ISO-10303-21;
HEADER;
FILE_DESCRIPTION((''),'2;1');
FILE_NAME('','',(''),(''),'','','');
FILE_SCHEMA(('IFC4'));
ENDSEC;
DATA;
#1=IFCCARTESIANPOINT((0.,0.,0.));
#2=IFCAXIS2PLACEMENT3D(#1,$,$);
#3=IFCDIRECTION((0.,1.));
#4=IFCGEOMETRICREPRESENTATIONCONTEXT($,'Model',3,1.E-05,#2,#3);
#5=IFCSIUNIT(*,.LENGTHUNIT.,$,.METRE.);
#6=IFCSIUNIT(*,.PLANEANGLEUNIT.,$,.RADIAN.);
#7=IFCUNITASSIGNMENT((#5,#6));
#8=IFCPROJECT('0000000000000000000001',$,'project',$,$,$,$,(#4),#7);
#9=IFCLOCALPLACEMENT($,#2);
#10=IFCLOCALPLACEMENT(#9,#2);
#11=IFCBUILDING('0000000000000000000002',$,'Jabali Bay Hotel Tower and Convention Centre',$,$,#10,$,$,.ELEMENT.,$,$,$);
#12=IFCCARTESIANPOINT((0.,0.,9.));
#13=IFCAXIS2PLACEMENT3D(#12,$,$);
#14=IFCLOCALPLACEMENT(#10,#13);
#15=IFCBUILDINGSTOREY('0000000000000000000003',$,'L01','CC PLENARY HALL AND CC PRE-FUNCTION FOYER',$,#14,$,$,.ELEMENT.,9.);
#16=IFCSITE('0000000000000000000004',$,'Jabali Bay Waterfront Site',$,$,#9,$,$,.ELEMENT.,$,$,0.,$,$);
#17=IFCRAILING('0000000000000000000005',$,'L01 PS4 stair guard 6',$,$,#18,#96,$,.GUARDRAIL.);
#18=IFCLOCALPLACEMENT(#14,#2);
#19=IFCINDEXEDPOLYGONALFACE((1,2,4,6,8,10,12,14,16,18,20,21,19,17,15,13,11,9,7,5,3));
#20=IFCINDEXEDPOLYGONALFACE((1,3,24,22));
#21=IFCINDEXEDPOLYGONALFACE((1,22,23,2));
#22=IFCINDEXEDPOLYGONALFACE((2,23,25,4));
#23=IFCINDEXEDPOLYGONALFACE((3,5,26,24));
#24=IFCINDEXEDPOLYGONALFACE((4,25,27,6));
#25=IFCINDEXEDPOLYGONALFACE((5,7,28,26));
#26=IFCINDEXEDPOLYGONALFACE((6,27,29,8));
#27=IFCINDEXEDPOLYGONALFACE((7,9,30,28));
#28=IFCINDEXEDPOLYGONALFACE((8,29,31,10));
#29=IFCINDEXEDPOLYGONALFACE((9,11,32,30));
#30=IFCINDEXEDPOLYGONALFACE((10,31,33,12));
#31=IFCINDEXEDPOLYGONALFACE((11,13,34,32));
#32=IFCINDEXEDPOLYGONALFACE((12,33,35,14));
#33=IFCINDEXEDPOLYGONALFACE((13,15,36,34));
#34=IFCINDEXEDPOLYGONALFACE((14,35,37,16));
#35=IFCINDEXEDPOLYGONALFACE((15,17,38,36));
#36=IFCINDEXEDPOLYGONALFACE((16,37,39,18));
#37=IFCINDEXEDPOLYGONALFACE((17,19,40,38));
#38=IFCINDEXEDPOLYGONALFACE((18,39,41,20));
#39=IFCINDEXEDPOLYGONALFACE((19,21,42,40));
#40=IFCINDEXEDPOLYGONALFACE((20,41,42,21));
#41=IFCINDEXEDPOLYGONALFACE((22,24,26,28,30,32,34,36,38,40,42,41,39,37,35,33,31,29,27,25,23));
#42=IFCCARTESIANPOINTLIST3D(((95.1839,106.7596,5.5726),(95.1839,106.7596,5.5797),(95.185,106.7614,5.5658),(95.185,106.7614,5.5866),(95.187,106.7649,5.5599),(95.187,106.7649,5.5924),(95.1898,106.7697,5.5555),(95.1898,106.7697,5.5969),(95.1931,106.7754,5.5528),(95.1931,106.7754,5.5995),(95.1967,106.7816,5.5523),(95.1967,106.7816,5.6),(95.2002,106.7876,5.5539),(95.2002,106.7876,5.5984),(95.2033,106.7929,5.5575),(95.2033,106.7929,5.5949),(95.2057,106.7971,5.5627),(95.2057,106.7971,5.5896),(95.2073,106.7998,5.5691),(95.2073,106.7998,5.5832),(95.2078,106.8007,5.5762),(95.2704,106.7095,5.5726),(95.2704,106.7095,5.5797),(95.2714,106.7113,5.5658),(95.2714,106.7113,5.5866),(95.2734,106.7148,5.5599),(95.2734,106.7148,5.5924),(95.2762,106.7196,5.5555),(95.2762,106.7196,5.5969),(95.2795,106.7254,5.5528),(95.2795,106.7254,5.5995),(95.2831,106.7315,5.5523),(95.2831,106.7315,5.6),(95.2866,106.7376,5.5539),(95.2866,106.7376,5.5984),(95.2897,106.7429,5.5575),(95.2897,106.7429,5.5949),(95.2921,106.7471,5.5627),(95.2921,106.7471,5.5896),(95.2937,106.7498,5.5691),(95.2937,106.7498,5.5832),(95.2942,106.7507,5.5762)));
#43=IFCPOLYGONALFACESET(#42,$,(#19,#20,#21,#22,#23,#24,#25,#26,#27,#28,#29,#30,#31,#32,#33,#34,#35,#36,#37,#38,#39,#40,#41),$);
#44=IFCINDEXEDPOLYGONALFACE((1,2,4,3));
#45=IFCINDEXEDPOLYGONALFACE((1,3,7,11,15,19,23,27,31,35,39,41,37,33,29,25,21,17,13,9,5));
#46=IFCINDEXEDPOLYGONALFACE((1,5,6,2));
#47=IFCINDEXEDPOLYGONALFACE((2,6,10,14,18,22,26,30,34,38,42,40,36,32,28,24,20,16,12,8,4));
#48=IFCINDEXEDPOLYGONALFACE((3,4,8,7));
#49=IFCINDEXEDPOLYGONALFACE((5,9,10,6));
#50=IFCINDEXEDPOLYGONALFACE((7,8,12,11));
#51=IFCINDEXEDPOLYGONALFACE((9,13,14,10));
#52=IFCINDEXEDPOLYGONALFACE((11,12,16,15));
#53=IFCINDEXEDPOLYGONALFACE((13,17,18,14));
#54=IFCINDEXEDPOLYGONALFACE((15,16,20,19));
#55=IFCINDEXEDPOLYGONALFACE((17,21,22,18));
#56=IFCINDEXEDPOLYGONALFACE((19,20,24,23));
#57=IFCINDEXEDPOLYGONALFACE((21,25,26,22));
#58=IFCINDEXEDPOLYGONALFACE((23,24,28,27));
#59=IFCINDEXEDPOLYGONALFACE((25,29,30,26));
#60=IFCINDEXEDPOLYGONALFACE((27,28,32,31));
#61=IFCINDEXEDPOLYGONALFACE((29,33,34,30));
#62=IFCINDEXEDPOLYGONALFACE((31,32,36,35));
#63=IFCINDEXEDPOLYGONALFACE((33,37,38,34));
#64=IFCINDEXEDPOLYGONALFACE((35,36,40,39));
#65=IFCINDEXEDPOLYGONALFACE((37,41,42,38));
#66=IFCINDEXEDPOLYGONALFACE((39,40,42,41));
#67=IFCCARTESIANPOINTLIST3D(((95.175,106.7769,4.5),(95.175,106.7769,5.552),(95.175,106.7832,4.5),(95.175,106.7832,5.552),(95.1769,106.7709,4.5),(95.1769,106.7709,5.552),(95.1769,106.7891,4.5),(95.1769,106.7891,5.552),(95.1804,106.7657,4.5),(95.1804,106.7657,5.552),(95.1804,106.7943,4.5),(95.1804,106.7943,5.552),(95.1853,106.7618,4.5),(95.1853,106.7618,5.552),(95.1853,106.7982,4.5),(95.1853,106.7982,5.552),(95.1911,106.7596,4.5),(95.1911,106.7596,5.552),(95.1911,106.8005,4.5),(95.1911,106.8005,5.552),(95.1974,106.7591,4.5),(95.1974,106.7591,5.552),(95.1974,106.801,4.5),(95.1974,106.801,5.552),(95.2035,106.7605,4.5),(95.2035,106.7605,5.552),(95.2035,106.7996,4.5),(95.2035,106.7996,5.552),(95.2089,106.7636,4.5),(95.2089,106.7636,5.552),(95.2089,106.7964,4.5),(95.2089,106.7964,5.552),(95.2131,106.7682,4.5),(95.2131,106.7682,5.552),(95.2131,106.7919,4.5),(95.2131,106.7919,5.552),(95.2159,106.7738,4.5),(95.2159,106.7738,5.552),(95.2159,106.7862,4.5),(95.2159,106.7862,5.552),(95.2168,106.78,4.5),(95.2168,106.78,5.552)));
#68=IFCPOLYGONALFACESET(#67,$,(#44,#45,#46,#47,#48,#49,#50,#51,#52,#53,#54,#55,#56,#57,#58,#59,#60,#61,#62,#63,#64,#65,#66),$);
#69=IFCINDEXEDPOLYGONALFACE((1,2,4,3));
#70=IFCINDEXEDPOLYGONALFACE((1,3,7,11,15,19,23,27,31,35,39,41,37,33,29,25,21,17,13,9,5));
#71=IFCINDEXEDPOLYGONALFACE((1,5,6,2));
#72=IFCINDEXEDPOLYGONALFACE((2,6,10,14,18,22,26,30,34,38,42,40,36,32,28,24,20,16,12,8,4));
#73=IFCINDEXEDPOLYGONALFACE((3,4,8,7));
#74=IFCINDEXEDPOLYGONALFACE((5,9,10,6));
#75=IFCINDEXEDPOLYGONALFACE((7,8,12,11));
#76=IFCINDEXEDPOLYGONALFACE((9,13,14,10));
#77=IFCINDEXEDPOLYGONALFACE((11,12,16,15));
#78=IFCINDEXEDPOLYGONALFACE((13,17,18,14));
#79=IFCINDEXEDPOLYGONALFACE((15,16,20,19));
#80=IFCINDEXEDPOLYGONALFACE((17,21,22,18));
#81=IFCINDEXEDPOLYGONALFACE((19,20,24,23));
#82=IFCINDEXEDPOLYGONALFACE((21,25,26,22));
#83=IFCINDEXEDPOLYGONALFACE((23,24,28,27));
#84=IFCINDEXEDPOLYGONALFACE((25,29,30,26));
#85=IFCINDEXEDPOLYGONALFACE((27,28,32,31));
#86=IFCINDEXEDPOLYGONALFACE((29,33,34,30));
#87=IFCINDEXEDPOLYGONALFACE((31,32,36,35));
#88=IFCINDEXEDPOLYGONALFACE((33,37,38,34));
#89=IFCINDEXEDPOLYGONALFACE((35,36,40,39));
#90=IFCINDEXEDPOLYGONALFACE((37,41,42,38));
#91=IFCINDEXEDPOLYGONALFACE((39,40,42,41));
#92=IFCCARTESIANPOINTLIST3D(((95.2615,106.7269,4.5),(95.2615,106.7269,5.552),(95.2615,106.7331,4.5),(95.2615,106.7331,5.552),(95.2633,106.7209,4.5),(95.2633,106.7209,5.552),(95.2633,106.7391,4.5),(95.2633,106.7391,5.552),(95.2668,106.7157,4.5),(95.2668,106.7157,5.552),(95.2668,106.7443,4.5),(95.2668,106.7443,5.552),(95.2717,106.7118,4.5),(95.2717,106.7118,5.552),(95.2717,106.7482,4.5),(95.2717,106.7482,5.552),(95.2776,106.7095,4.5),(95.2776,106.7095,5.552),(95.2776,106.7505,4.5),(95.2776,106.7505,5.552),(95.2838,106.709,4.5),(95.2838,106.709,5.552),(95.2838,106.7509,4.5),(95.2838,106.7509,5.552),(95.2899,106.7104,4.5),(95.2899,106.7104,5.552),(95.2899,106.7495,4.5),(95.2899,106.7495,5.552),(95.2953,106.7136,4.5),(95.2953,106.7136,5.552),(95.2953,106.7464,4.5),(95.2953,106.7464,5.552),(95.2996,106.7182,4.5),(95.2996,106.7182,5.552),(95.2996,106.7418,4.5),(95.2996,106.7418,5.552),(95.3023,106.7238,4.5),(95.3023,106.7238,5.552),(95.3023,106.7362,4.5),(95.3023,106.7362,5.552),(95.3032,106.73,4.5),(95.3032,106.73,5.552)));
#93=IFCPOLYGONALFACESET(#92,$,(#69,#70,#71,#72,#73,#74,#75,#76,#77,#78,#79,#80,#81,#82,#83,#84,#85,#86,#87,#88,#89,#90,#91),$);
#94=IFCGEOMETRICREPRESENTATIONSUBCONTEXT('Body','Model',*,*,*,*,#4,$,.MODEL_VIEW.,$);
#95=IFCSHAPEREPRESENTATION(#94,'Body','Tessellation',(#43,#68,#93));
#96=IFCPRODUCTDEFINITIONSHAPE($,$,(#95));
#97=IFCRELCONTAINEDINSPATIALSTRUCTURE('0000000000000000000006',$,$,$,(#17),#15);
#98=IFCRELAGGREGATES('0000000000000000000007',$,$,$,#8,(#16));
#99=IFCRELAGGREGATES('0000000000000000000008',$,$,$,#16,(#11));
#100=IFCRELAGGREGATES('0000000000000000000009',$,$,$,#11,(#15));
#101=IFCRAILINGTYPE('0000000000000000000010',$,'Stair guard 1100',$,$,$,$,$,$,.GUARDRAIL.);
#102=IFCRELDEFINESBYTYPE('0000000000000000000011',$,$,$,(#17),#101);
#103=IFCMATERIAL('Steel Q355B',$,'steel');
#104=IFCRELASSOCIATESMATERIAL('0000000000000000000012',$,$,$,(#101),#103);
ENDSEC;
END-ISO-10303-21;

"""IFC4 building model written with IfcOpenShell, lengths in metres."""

from ifc_helpers import new_model, si_unit, direction, frame, origin, origin_2d, place, context, subcontext, project, spatial, circle, extrude, material, type_object, element, save


model = new_model("IFC4")

# Units and contexts
model_context = context("Model", 3, precision=1e-05, world=origin(), true_north=direction((0.0, 1.0)))
body_context = subcontext(model_context, "Body", "Model", "MODEL_VIEW")
ifc_project = project(units=[si_unit("LENGTHUNIT", "METRE"), si_unit("PLANEANGLEUNIT", "RADIAN")], contexts=[model_context])

# Site, building, storey
site_placement = place(None, origin())
site = spatial("IfcSite", under=ifc_project, at=site_placement, Name="Jabali Bay Waterfront Site", CompositionType="ELEMENT", RefElevation=0.0)
building_placement = place(site_placement, origin())
building = spatial("IfcBuilding", under=site, at=building_placement, Name="Jabali Bay Hotel Tower and Convention Centre", CompositionType="ELEMENT")
storey_placement = place(building_placement, frame((0.0, 0.0, 9.0)))
storey = spatial("IfcBuildingStorey", under=building, at=storey_placement, Name="L01", Description="CC PLENARY HALL AND CC PRE-FUNCTION FOYER", CompositionType="ELEMENT", Elevation=9.0)

# Railing
ifc_material_1 = material(Name="Steel Q355B", Category="steel")
railing_type_1 = type_object("IfcRailingType", Name="Stair guard 1100", PredefinedType="GUARDRAIL", material=ifc_material_1)
railing_1_placement = place(storey_placement, frame((95.1958, 106.78, 4.5)))
element("IfcRailing", 1, at=railing_1_placement, inside=storey, type_object=railing_type_1, Name="L01 PS4 stair guard 6", PredefinedType="GUARDRAIL", context=body_context, shape_type="SweptSolid", body=[
    extrude(circle(Radius=0.0239, at=origin_2d()), frame((0.0, 0.0, 1.0762), z_axis=(0.86537, -0.501133, 0.0), x_axis=(0.501133, 0.86537, 0.0)), (0.0, 0.0, 1.0), 0.0999),
    extrude(circle(Radius=0.021, at=origin_2d()), origin(), (0.0, 0.0, 1.0), 1.052),
    extrude(circle(Radius=0.021, at=origin_2d()), frame((0.0864, -0.05, 0.0)), (0.0, 0.0, 1.0), 1.052),
])

save(model, "model.ifc")
